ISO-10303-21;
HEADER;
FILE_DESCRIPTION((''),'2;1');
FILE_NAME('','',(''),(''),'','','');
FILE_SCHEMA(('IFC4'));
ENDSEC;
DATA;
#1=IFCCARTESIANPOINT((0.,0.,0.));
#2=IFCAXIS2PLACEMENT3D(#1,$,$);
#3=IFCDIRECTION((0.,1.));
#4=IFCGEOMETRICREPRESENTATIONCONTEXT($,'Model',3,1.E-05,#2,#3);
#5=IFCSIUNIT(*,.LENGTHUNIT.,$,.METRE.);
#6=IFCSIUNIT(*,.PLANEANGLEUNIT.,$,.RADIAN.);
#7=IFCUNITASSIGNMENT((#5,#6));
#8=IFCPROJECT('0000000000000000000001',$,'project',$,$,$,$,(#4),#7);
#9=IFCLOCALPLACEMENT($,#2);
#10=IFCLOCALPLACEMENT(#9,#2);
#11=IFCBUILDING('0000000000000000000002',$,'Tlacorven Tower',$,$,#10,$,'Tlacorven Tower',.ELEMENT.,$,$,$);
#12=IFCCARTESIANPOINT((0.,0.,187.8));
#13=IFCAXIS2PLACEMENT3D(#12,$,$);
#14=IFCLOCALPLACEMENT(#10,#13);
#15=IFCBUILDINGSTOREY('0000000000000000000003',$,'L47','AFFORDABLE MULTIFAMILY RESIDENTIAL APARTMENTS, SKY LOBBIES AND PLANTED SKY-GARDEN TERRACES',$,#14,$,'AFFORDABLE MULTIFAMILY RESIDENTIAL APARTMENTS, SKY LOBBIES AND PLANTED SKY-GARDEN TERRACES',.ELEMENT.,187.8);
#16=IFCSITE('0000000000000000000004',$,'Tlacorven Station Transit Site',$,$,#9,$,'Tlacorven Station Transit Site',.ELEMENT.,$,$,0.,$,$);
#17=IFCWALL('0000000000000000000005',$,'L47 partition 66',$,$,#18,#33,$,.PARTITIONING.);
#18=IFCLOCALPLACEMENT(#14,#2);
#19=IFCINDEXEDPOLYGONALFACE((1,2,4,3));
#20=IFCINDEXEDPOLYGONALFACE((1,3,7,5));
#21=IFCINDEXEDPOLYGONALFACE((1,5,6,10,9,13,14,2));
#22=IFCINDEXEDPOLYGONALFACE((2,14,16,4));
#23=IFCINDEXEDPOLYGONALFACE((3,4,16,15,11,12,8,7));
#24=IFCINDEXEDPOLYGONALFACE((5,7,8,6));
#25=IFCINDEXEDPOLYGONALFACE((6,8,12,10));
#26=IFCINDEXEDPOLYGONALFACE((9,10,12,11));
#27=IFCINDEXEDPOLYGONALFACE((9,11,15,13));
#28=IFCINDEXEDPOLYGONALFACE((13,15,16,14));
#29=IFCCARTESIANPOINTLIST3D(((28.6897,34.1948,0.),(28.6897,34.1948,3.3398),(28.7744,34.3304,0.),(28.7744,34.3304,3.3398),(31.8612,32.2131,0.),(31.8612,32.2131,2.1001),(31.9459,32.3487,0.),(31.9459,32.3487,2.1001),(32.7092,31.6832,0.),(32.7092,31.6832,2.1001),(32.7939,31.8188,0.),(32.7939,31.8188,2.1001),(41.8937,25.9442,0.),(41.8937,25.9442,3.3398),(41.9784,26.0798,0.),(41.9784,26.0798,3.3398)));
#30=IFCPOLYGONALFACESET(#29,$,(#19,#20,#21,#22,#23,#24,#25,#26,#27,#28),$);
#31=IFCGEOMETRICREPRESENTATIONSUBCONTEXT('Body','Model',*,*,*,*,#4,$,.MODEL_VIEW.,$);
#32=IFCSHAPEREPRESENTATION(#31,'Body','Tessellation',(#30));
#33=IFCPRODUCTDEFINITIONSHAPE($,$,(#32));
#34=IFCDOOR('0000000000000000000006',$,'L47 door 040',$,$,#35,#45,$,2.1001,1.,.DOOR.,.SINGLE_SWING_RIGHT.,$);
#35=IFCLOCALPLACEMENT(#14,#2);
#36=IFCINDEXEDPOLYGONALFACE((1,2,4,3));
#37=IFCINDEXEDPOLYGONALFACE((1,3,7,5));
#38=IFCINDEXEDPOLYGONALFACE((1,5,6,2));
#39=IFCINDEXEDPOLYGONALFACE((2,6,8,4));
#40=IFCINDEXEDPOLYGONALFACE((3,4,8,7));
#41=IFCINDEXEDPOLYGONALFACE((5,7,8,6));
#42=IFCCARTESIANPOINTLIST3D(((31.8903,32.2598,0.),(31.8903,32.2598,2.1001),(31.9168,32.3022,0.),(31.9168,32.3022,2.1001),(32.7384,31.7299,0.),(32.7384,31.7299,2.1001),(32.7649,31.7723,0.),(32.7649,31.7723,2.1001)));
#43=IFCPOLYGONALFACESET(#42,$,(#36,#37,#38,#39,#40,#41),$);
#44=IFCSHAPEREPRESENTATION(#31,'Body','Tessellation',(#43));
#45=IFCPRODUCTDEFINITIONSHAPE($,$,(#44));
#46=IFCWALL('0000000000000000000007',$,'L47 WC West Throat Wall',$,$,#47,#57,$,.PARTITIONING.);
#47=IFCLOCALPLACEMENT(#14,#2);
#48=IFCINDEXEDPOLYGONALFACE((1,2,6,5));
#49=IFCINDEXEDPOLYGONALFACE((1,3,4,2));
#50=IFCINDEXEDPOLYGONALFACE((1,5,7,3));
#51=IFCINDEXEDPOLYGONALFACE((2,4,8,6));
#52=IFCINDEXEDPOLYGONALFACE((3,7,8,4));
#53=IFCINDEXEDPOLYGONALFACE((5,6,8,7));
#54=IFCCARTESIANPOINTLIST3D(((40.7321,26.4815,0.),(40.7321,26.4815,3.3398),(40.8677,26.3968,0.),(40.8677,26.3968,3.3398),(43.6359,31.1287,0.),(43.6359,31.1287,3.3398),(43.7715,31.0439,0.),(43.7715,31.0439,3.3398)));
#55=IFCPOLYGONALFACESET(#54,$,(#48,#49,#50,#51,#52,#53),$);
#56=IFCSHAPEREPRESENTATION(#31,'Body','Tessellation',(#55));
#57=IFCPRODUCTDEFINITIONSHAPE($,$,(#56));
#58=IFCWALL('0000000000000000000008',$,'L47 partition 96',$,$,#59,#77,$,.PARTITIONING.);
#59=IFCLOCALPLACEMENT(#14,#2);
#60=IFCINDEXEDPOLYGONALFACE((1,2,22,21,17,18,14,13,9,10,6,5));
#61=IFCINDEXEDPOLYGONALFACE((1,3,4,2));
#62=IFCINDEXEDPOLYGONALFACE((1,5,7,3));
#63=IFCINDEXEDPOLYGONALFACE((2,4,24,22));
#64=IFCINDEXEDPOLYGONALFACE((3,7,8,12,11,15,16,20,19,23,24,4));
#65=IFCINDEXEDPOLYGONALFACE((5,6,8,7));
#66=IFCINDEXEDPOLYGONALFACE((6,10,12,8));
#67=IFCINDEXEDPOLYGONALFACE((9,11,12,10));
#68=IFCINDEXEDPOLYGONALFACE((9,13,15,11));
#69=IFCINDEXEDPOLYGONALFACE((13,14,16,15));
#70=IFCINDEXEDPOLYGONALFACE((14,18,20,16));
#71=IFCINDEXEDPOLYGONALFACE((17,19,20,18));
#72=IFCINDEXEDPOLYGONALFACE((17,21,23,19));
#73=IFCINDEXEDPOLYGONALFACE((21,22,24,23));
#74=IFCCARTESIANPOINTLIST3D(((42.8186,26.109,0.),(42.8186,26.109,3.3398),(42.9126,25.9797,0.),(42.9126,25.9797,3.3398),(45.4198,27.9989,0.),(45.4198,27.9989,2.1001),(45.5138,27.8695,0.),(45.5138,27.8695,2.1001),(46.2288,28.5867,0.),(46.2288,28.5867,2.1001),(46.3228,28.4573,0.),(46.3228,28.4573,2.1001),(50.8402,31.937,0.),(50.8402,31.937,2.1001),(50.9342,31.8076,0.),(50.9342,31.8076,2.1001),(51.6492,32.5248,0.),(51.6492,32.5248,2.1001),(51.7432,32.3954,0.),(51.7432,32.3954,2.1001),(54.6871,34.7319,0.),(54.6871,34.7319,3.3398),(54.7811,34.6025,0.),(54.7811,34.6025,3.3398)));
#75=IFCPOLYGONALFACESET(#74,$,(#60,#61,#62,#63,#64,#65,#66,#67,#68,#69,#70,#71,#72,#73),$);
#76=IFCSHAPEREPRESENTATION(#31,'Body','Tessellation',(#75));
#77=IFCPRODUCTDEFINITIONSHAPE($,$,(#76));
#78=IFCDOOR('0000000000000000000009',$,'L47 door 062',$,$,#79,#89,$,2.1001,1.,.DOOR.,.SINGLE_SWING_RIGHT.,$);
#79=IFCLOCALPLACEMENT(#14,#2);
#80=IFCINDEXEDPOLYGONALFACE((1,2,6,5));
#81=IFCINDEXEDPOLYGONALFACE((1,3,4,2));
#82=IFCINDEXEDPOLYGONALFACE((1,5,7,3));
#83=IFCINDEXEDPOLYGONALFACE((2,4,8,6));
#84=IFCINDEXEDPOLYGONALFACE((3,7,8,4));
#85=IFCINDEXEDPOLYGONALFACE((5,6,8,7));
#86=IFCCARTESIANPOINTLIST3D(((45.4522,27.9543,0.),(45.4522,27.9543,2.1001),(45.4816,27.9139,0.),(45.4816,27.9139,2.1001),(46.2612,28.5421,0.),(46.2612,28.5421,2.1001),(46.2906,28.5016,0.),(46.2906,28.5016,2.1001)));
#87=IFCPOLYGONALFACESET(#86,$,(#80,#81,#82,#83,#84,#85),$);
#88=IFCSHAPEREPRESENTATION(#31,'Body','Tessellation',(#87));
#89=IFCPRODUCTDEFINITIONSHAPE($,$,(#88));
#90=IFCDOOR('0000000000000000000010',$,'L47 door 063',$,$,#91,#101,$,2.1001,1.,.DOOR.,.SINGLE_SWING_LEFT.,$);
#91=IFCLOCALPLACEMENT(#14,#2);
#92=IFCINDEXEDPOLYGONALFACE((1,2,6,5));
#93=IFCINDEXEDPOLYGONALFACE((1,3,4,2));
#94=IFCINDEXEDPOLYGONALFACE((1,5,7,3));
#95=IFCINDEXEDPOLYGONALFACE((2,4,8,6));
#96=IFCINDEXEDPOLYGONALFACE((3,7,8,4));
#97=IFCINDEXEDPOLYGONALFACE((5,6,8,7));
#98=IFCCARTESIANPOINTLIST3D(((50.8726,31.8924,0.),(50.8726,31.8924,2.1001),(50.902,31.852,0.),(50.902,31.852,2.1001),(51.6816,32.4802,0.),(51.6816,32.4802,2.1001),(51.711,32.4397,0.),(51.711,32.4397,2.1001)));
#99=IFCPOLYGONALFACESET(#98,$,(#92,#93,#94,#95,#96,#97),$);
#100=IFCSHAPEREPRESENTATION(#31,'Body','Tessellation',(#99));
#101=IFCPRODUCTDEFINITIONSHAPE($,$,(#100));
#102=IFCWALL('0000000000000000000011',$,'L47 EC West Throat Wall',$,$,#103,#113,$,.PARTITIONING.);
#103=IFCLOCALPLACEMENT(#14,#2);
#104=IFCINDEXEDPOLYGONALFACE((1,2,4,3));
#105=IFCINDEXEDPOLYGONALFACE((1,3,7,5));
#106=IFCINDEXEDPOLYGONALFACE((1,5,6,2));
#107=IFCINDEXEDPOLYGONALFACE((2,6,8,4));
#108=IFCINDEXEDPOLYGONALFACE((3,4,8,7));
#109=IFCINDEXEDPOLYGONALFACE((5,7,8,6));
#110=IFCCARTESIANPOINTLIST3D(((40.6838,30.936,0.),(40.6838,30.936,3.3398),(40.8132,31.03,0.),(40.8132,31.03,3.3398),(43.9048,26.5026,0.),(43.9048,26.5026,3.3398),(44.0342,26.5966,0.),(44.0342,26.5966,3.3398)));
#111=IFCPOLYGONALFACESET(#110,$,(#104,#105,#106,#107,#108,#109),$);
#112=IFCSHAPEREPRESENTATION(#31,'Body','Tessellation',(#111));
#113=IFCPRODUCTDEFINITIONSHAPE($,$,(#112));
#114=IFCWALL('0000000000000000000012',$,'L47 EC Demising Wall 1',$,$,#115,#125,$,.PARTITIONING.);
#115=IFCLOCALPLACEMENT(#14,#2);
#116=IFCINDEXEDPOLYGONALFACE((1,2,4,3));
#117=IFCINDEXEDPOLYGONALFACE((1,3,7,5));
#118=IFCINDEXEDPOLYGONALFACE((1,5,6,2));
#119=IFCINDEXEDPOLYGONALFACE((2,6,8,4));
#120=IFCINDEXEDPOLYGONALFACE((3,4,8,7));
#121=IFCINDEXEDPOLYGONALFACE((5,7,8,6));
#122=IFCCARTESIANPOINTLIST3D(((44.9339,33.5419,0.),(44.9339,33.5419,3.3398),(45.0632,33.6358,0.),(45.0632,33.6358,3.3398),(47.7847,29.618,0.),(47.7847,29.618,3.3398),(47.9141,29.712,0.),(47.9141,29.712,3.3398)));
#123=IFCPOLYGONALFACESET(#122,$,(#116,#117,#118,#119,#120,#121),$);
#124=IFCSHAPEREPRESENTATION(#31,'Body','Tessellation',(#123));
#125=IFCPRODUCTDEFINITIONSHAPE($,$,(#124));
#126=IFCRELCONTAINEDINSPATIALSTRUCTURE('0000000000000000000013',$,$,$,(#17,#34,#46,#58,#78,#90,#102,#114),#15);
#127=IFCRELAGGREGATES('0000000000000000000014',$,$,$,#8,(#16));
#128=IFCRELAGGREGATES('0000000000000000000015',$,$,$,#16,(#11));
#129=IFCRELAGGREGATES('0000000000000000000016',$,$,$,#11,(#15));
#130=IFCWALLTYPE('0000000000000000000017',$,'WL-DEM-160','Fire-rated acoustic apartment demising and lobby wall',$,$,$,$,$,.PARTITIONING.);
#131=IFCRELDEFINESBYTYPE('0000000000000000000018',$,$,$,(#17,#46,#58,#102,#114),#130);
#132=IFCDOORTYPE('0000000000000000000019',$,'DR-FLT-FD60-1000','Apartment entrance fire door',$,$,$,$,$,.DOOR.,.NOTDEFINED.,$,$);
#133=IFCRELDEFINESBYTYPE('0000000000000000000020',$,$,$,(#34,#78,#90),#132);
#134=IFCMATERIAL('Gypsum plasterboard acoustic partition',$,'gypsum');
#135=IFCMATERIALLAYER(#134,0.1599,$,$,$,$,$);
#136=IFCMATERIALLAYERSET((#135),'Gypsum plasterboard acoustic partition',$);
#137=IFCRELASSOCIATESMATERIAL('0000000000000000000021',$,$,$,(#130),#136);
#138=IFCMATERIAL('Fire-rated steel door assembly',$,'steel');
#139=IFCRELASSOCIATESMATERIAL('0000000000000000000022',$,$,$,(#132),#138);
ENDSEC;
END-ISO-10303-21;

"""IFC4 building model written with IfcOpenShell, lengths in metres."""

from ifc_helpers import new_model, si_unit, direction, frame, frame_2d, origin, place, context, subcontext, project, spatial, rectangle, extrude, source, transform, mapped, material, layer, layer_set, type_object, element, fill, save


model = new_model("IFC4")

# Units and contexts
model_context = context("Model", 3, precision=1e-05, world=origin(), true_north=direction((0.0, 1.0)))
body_context = subcontext(model_context, "Body", "Model", "MODEL_VIEW")
ifc_project = project(units=[si_unit("LENGTHUNIT", "METRE"), si_unit("PLANEANGLEUNIT", "RADIAN")], contexts=[model_context])

# Site, building, storey
site_placement = place(None, origin())
site = spatial("IfcSite", under=ifc_project, at=site_placement, Name="Tlacorven Station Transit Site", LongName="Tlacorven Station Transit Site", CompositionType="ELEMENT", RefElevation=0.0)
building_placement = place(site_placement, origin())
building = spatial("IfcBuilding", under=site, at=building_placement, Name="Tlacorven Tower", LongName="Tlacorven Tower", CompositionType="ELEMENT")
storey_placement = place(building_placement, frame((0.0, 0.0, 187.8)))
storey = spatial("IfcBuildingStorey", under=building, at=storey_placement, Name="L47", Description="AFFORDABLE MULTIFAMILY RESIDENTIAL APARTMENTS, SKY LOBBIES AND PLANTED SKY-GARDEN TERRACES", LongName="AFFORDABLE MULTIFAMILY RESIDENTIAL APARTMENTS, SKY LOBBIES AND PLANTED SKY-GARDEN TERRACES", CompositionType="ELEMENT", Elevation=187.8)

# Wall, opening, door
ifc_material_1 = material(Name="Gypsum plasterboard acoustic partition", Category="gypsum")
ifc_layer_1 = layer(ifc_material_1, 0.1599)
ifc_layer_set_1 = layer_set([ifc_layer_1], Name="Gypsum plasterboard acoustic partition")
wall_type_1 = type_object("IfcWallType", Name="WL-DEM-160", Description="Fire-rated acoustic apartment demising and lobby wall", PredefinedType="PARTITIONING", material=ifc_layer_set_1)
wall_1_placement = place(storey_placement, frame((41.936, 26.012, 0.0), z_axis=(0.0, 0.0, 1.0), x_axis=(-0.848051, 0.529914, 0.0)))
wall_1 = element("IfcWall", 1, at=wall_1_placement, inside=storey, type_object=wall_type_1, Name="L47 partition 66", PredefinedType="PARTITIONING", context=body_context, shape_type="SweptSolid", body=[
    extrude(rectangle(XDim=15.5698, YDim=0.1599, at=frame_2d((7.7849, 0.0))), origin(), (0.0, 0.0, 1.0), 3.3398),
])
opening_1_placement = place(wall_1_placement, frame((10.8301, 0.0, 0.0)))
opening_1 = element("IfcOpeningElement", 2, at=opening_1_placement, cuts=wall_1, PredefinedType="OPENING", context=body_context, shape_type="SweptSolid", body=[
    extrude(rectangle(XDim=1.0, YDim=2.1001, at=frame_2d((0.5, 1.05))), frame((0.0, 0.0898, 0.0), z_axis=(0.0, -1.0, 0.0), x_axis=(1.0, 0.0, 0.0)), (0.0, 0.0, 1.0), 0.1799),
])
ifc_material_2 = material(Name="Fire-rated steel door assembly", Category="steel")
door_type_1 = type_object("IfcDoorType", Name="DR-FLT-FD60-1000", Description="Apartment entrance fire door", OperationType="NOTDEFINED", PredefinedType="DOOR", material=ifc_material_2)
shared_shape_1 = source(origin(), body_context, "Body", "SweptSolid", [
    extrude(rectangle(XDim=1.0, YDim=2.1001, at=frame_2d((0.5, 1.05))), frame((0.0, 0.0249, 0.0), z_axis=(0.0, -1.0, 0.0), x_axis=(1.0, 0.0, 0.0)), (0.0, 0.0, 1.0), 0.05),
])
door_1_placement = place(opening_1_placement, origin())
door_1 = element("IfcDoor", 3, at=door_1_placement, inside=storey, type_object=door_type_1, Name="L47 door 040", OperationType="SINGLE_SWING_RIGHT", OverallHeight=2.1001, OverallWidth=1.0, PredefinedType="DOOR", context=body_context, shape_type="MappedRepresentation", body=[
    mapped(shared_shape_1, transform((0.0, 0.0, 0.0), scale=1.0)),
])
fill(opening_1, door_1)

# Wall
wall_2_placement = place(storey_placement, frame((43.7036, 31.0862, 0.0), z_axis=(0.0, 0.0, 1.0), x_axis=(-0.529907, -0.848056, 0.0)))
element("IfcWall", 4, at=wall_2_placement, inside=storey, type_object=wall_type_1, Name="L47 WC West Throat Wall", PredefinedType="PARTITIONING", context=body_context, shape_type="SweptSolid", body=[
    extrude(rectangle(XDim=5.4797, YDim=0.1599, at=frame_2d((2.7397, 0.0))), origin(), (0.0, 0.0, 1.0), 3.3398),
])

# Wall, openings, doors
wall_3_placement = place(storey_placement, frame((42.8657, 26.0444, 0.0), z_axis=(0.0, 0.0, 1.0), x_axis=(0.80902, 0.587781, 0.0)))
wall_3 = element("IfcWall", 5, at=wall_3_placement, inside=storey, type_object=wall_type_1, Name="L47 partition 96", PredefinedType="PARTITIONING", context=body_context, shape_type="SweptSolid", body=[
    extrude(rectangle(XDim=14.6702, YDim=0.1599, at=frame_2d((7.335, 0.0))), origin(), (0.0, 0.0, 1.0), 3.3398),
])
opening_2_placement = place(wall_3_placement, frame((3.2151, 0.0, 0.0)))
opening_2 = element("IfcOpeningElement", 6, at=opening_2_placement, cuts=wall_3, PredefinedType="OPENING", context=body_context, shape_type="SweptSolid", body=[
    extrude(rectangle(XDim=1.0, YDim=2.1001, at=frame_2d((0.5, 1.05))), frame((0.0, 0.0898, 0.0), z_axis=(0.0, -1.0, 0.0), x_axis=(1.0, 0.0, 0.0)), (0.0, 0.0, 1.0), 0.1799),
])
opening_3_placement = place(wall_3_placement, frame((9.915, 0.0, 0.0)))
opening_3 = element("IfcOpeningElement", 7, at=opening_3_placement, cuts=wall_3, PredefinedType="OPENING", context=body_context, shape_type="SweptSolid", body=[
    extrude(rectangle(XDim=1.0, YDim=2.1001, at=frame_2d((0.5, 1.05))), frame((0.0, 0.0898, 0.0), z_axis=(0.0, -1.0, 0.0), x_axis=(1.0, 0.0, 0.0)), (0.0, 0.0, 1.0), 0.1799),
])
door_2_placement = place(opening_2_placement, origin())
door_2 = element("IfcDoor", 8, at=door_2_placement, inside=storey, type_object=door_type_1, Name="L47 door 062", OperationType="SINGLE_SWING_RIGHT", OverallHeight=2.1001, OverallWidth=1.0, PredefinedType="DOOR", context=body_context, shape_type="MappedRepresentation", body=[
    mapped(shared_shape_1, transform((0.0, 0.0, 0.0), scale=1.0)),
])
fill(opening_2, door_2)
door_3_placement = place(opening_3_placement, origin())
door_3 = element("IfcDoor", 9, at=door_3_placement, inside=storey, type_object=door_type_1, Name="L47 door 063", OperationType="SINGLE_SWING_LEFT", OverallHeight=2.1001, OverallWidth=1.0, PredefinedType="DOOR", context=body_context, shape_type="MappedRepresentation", body=[
    mapped(shared_shape_1, transform((0.0, 0.0, 0.0), scale=1.0)),
])
fill(opening_3, door_3)

# Walls
wall_4_placement = place(storey_placement, frame((43.9695, 26.5496, 0.0), z_axis=(0.0, 0.0, 1.0), x_axis=(-0.587777, 0.809023, 0.0)))
element("IfcWall", 10, at=wall_4_placement, inside=storey, type_object=wall_type_1, Name="L47 EC West Throat Wall", PredefinedType="PARTITIONING", context=body_context, shape_type="SweptSolid", body=[
    extrude(rectangle(XDim=5.48, YDim=0.1599, at=frame_2d((2.74, 0.0))), origin(), (0.0, 0.0, 1.0), 3.3398),
])
wall_5_placement = place(storey_placement, frame((47.8494, 29.665, 0.0), z_axis=(0.0, 0.0, 1.0), x_axis=(-0.587786, 0.809017, 0.0)))
element("IfcWall", 11, at=wall_5_placement, inside=storey, type_object=wall_type_1, Name="L47 EC Demising Wall 1", PredefinedType="PARTITIONING", context=body_context, shape_type="SweptSolid", body=[
    extrude(rectangle(XDim=4.8501, YDim=0.1599, at=frame_2d((2.425, 0.0))), origin(), (0.0, 0.0, 1.0), 3.3398),
])

save(model, "model.ifc")
